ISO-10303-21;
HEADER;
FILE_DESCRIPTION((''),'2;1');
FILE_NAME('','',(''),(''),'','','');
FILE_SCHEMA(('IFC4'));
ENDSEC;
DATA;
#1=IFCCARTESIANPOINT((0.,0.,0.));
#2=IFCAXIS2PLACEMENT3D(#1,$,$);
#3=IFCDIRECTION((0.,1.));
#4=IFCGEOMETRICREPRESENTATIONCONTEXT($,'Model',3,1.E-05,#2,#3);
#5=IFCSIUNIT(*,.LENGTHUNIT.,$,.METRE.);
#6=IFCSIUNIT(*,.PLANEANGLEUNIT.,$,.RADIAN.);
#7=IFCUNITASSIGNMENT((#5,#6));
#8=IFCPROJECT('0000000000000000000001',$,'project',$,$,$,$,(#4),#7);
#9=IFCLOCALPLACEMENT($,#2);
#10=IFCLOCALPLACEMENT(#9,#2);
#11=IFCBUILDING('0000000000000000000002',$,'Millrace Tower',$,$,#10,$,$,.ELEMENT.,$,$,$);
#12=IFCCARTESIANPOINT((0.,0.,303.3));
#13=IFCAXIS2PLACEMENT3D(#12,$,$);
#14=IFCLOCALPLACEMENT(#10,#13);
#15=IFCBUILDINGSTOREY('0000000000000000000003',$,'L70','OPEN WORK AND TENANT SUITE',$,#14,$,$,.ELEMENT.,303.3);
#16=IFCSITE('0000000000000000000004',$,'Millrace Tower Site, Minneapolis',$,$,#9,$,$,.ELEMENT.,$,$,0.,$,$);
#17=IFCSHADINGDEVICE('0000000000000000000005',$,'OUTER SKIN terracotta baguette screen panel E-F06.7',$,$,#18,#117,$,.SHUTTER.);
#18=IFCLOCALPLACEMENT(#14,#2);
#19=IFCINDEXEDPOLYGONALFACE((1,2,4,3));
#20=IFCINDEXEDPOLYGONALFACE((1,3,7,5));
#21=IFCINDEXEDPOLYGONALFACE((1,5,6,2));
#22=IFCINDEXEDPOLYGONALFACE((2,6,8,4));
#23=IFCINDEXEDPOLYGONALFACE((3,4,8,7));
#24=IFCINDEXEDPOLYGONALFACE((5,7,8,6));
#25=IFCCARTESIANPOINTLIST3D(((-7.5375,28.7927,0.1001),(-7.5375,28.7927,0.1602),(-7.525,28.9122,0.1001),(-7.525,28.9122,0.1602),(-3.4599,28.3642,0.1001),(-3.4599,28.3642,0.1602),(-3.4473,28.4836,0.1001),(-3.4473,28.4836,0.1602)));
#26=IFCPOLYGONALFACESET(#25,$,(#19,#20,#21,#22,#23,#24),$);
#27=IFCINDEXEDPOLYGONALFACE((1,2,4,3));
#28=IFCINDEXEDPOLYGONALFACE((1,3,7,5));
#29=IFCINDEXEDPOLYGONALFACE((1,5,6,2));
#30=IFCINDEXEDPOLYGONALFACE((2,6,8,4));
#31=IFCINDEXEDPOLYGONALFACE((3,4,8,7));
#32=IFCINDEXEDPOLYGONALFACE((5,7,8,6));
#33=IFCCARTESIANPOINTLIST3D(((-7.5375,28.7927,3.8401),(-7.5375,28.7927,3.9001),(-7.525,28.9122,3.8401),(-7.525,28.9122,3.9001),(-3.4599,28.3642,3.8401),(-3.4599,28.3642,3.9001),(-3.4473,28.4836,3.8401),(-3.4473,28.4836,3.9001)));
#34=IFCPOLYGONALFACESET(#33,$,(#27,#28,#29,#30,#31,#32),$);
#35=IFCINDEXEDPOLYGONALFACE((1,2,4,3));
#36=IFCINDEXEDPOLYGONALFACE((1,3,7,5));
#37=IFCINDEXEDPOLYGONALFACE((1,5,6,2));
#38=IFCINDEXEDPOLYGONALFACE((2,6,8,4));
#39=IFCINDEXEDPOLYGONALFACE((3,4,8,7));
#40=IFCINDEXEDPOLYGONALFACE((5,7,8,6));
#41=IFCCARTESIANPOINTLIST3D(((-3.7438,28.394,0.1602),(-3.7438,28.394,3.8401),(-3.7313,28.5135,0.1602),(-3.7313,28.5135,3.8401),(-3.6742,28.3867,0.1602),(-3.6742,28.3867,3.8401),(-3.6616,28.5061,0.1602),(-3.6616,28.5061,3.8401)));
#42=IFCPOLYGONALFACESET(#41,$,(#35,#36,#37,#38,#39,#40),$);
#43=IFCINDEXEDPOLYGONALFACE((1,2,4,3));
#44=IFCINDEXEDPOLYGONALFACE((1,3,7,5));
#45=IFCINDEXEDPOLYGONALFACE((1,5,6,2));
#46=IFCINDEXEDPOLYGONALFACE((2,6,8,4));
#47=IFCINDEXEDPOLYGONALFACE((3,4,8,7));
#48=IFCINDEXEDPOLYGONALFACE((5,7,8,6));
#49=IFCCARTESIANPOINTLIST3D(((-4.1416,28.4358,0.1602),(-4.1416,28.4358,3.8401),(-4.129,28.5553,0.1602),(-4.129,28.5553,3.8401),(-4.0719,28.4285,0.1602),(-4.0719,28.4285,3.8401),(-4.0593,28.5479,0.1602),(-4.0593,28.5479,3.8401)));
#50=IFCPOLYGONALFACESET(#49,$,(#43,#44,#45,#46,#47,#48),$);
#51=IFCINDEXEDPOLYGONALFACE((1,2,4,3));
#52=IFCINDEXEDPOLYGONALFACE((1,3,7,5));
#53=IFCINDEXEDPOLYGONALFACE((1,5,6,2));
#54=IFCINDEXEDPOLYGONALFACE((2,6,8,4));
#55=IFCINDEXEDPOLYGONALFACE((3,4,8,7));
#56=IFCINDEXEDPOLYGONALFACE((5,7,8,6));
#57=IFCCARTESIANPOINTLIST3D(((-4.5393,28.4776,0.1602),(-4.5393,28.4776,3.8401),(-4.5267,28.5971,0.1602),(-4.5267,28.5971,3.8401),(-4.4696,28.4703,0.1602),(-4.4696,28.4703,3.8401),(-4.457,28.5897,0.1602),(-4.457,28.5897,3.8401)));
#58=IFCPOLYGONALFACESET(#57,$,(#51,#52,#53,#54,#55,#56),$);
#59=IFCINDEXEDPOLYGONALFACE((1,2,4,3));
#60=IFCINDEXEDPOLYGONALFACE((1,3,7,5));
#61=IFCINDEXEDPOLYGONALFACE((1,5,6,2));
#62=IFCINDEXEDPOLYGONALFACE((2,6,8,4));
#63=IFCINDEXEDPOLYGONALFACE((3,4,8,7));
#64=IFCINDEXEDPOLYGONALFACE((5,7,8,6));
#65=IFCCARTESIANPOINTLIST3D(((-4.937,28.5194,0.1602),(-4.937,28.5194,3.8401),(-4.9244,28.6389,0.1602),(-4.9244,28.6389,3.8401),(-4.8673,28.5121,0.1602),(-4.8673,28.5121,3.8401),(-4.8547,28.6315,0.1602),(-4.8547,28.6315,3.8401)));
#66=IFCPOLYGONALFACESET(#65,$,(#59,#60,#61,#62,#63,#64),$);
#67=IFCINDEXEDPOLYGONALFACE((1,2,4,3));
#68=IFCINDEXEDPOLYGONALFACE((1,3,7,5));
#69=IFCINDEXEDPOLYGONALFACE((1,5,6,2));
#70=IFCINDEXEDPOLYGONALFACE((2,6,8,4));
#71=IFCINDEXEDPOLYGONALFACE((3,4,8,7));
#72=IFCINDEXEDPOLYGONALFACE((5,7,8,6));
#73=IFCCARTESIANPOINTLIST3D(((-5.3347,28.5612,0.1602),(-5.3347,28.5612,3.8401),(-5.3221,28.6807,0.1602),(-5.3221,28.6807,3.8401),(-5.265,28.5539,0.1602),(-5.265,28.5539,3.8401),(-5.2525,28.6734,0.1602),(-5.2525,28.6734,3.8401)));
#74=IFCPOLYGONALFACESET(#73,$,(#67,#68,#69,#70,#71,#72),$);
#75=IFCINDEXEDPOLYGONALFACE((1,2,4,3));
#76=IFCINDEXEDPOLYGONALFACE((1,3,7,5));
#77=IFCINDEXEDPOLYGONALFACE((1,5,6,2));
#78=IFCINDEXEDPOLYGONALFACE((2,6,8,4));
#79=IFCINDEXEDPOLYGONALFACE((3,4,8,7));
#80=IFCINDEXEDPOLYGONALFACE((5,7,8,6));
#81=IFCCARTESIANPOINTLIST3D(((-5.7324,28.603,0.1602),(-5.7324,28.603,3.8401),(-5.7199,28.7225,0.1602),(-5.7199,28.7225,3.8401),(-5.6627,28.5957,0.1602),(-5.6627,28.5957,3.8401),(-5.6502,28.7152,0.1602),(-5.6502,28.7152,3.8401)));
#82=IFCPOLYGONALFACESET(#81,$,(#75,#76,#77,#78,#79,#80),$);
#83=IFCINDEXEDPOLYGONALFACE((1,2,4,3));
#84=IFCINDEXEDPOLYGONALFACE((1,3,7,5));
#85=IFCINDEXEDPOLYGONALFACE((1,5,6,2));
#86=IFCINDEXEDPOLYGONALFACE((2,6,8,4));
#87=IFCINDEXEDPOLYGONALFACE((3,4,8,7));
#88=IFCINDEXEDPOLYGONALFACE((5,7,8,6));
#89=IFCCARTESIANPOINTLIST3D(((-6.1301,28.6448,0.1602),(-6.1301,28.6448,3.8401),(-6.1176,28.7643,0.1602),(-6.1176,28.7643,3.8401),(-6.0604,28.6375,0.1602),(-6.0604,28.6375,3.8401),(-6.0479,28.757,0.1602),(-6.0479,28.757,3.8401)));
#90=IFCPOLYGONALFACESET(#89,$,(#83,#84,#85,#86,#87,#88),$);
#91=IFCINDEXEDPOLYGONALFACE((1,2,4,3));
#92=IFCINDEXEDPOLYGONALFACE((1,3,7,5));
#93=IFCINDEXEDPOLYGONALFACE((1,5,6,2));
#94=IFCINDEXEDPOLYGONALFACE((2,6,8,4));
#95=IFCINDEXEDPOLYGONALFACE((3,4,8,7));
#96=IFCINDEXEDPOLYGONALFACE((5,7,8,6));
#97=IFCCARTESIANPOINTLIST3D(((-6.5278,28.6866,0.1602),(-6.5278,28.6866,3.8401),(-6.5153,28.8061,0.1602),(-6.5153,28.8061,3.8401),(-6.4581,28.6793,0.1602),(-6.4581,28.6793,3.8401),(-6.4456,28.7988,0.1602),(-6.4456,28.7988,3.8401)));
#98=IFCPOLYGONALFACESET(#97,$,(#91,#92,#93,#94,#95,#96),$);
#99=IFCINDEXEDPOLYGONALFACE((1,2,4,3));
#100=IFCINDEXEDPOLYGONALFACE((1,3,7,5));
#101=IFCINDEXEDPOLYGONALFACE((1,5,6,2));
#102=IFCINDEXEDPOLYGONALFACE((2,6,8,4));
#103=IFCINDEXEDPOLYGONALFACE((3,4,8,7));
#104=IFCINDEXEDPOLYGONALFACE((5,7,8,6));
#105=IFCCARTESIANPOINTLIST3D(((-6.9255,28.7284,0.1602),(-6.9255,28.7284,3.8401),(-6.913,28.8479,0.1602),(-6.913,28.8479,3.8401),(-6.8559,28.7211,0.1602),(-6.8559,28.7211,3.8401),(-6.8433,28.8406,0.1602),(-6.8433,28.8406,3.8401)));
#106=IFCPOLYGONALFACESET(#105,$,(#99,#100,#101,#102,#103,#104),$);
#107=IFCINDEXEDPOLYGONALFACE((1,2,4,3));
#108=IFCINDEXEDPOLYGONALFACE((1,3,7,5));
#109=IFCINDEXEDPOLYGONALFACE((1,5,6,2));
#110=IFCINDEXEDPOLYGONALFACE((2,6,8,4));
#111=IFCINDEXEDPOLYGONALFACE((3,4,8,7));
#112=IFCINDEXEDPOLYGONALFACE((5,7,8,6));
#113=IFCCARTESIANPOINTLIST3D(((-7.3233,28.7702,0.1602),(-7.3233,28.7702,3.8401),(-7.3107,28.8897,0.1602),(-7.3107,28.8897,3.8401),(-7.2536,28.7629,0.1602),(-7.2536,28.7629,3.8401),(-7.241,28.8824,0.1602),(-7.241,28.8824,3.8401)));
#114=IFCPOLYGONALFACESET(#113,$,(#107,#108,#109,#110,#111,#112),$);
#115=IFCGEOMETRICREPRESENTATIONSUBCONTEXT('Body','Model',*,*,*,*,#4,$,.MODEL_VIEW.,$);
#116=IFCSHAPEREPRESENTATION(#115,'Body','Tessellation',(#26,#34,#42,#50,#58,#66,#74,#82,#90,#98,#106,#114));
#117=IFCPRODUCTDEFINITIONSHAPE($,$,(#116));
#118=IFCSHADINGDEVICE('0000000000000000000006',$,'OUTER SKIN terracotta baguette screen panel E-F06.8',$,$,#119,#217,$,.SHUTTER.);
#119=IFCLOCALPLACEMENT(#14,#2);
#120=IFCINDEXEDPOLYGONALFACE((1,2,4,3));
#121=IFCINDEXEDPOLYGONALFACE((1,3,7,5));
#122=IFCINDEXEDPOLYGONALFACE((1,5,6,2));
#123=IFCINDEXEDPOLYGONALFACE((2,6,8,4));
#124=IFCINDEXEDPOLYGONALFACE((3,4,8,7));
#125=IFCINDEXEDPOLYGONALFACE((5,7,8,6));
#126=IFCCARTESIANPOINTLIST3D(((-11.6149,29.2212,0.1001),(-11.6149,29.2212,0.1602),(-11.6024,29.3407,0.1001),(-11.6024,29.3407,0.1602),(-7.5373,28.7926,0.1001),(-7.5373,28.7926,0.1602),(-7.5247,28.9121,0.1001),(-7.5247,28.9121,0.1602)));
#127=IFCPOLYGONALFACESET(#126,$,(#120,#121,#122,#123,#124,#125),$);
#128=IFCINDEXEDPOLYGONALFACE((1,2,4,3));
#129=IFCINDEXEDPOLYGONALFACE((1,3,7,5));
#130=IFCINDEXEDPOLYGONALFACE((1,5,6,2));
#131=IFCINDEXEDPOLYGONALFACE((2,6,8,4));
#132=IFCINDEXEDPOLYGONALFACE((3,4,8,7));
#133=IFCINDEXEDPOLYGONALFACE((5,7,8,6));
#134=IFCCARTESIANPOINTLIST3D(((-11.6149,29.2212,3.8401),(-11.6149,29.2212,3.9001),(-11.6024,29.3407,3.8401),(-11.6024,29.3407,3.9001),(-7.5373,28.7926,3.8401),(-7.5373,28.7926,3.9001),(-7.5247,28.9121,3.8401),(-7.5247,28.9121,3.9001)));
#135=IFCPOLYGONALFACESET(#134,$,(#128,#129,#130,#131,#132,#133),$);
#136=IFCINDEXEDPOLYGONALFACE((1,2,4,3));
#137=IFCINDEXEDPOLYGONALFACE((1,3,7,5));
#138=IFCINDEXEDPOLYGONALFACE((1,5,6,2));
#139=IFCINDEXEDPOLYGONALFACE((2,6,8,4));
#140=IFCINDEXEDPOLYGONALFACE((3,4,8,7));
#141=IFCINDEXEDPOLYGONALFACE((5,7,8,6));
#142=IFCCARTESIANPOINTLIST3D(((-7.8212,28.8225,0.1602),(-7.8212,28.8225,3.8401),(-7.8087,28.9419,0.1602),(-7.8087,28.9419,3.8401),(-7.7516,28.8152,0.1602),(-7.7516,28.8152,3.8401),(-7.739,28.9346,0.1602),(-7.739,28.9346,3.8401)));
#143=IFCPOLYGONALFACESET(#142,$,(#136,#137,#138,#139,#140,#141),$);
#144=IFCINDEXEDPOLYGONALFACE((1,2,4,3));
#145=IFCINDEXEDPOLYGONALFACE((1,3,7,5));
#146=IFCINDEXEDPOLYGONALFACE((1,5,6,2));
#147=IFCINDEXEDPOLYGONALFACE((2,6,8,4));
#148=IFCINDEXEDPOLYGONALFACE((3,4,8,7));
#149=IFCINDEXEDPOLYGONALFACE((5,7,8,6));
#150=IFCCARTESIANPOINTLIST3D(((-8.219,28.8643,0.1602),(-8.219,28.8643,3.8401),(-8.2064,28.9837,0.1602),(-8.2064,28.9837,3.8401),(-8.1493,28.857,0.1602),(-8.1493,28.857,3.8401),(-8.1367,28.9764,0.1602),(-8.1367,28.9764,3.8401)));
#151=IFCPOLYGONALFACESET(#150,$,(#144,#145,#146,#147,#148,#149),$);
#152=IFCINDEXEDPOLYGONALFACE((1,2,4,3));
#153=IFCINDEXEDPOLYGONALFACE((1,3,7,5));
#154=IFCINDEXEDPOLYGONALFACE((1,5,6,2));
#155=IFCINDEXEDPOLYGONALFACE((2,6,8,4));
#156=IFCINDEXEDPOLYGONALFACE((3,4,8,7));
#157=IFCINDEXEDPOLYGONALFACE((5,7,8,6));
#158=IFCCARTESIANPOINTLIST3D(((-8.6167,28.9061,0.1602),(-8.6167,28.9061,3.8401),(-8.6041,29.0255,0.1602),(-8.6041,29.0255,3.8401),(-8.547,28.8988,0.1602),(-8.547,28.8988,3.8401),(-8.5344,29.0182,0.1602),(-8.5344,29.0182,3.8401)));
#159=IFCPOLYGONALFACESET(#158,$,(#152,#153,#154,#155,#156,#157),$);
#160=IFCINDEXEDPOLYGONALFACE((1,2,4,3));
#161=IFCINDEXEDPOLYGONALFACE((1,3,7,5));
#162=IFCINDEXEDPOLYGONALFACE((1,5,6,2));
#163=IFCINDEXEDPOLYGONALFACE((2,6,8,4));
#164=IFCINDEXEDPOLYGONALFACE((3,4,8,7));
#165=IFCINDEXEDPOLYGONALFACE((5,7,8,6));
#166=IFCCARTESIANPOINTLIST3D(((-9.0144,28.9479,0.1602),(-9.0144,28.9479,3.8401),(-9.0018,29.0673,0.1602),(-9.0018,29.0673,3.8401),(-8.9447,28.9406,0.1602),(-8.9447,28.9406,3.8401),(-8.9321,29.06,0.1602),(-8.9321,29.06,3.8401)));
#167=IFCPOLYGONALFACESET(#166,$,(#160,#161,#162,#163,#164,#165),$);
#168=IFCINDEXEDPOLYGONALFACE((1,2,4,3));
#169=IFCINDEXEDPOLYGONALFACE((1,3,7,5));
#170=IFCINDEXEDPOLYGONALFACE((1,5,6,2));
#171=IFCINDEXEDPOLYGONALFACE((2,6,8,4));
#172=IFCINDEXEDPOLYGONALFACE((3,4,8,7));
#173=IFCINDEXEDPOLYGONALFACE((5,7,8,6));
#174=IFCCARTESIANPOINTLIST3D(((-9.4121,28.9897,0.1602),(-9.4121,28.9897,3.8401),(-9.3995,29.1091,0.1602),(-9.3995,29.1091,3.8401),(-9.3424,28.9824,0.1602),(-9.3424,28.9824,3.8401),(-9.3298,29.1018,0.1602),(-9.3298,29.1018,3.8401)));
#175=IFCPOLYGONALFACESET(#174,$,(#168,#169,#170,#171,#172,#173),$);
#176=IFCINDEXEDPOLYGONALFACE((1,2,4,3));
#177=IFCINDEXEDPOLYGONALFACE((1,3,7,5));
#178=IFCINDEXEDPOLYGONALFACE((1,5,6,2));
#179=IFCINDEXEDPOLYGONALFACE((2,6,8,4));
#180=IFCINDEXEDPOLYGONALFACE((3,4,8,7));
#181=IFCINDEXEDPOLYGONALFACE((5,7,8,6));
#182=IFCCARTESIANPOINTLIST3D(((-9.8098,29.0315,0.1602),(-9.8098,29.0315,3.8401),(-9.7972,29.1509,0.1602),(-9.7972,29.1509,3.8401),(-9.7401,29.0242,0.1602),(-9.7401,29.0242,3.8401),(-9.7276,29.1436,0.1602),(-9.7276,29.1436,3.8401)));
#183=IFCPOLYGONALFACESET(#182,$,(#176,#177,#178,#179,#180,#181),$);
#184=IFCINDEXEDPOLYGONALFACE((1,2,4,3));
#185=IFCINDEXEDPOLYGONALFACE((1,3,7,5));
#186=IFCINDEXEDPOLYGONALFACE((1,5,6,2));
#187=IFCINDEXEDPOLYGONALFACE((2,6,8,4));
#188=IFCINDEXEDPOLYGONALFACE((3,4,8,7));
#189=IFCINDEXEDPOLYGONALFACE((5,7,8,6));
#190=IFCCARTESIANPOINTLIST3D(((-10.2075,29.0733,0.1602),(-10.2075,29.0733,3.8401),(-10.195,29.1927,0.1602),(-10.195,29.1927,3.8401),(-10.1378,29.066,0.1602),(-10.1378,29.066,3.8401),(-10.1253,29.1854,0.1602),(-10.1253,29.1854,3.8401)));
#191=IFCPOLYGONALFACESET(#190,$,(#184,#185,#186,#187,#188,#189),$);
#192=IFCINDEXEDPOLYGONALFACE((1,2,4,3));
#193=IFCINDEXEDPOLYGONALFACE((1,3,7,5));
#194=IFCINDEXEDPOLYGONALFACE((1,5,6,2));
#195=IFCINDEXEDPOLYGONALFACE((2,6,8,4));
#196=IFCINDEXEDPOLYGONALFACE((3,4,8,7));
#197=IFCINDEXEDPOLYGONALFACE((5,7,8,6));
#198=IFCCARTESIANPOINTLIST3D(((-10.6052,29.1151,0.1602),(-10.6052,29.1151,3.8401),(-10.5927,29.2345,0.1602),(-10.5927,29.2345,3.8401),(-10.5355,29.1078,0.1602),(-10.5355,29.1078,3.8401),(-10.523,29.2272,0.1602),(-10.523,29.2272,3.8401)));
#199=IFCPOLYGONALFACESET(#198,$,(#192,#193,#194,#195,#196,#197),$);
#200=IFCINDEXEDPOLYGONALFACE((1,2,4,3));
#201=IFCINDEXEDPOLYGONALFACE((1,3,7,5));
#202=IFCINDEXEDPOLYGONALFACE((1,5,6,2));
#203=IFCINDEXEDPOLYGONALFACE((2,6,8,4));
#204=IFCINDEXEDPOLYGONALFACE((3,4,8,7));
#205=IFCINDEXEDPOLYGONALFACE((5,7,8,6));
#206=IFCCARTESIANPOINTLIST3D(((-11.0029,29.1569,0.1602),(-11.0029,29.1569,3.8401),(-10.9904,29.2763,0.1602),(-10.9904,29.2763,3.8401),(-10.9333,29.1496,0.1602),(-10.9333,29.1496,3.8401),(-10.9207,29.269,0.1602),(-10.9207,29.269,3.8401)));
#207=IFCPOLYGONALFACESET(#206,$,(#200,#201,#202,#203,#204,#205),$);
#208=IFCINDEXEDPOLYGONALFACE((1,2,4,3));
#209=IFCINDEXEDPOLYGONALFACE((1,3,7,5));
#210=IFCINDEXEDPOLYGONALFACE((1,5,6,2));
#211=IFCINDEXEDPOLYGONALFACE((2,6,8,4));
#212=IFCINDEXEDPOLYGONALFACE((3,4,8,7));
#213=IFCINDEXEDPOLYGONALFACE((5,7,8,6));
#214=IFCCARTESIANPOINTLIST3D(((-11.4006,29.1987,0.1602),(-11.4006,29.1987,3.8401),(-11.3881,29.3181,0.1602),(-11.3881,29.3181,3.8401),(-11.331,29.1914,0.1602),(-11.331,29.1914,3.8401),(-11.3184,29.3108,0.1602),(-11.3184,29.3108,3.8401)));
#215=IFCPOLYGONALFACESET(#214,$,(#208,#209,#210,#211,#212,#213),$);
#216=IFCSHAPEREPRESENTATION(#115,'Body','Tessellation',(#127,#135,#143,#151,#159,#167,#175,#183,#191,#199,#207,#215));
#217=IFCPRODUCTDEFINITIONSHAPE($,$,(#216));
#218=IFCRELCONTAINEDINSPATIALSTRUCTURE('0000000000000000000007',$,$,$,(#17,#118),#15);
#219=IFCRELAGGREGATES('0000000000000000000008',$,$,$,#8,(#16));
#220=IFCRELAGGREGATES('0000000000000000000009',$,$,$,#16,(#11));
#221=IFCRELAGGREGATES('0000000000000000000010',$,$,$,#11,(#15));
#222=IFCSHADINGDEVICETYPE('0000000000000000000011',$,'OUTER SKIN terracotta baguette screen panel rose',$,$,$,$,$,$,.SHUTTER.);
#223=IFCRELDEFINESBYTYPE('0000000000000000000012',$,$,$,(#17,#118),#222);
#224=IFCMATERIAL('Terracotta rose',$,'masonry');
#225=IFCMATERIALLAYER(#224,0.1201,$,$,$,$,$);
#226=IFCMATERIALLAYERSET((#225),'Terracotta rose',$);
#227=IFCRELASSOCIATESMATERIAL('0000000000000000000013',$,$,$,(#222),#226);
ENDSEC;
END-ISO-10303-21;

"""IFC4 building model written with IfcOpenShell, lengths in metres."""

from ifc_helpers import new_model, entity, si_unit, direction, frame, frame_2d, origin, place, context, subcontext, project, spatial, rectangle, extrude, source, transform, mapped, material, layer, layer_set, type_object, element, save


model = new_model("IFC4")

# Units and contexts
model_context = context("Model", 3, precision=1e-05, world=origin(), true_north=direction((0.0, 1.0)))
body_context = subcontext(model_context, "Body", "Model", "MODEL_VIEW")
ifc_project = project(units=[si_unit("LENGTHUNIT", "METRE"), si_unit("PLANEANGLEUNIT", "RADIAN")], contexts=[model_context])

# Site, building, storey
site_placement = place(None, origin())
site = spatial("IfcSite", under=ifc_project, at=site_placement, Name="Millrace Tower Site, Minneapolis", CompositionType="ELEMENT", RefElevation=0.0)
building_placement = place(site_placement, origin())
building = spatial("IfcBuilding", under=site, at=building_placement, Name="Millrace Tower", CompositionType="ELEMENT")
storey_placement = place(building_placement, frame((0.0, 0.0, 303.3)))
storey = spatial("IfcBuildingStorey", under=building, at=storey_placement, Name="L70", Description="OPEN WORK AND TENANT SUITE", CompositionType="ELEMENT", Elevation=303.3)

# Shading devices
ifc_material_1 = material(Name="Terracotta rose", Category="masonry")
ifc_layer_1 = layer(ifc_material_1, 0.1201)
ifc_layer_set_1 = layer_set([ifc_layer_1], Name="Terracotta rose")
shading_device_type = type_object("IfcShadingDeviceType", Name="OUTER SKIN terracotta baguette screen panel rose", PredefinedType="SHUTTER", material=ifc_layer_set_1)
cartesian_point_1 = entity("IfcCartesianPoint", [-2.05, 0.0601])
shared_polyline_1 = entity("IfcPolyline", [cartesian_point_1, entity("IfcCartesianPoint", [2.05, 0.0601]), entity("IfcCartesianPoint", [2.05, -0.0601]), entity("IfcCartesianPoint", [-2.05, -0.0601]), cartesian_point_1])
shared_shape_1 = source(origin(), body_context, "Body", "SweptSolid", [
    entity("IfcExtrudedAreaSolid", entity("IfcArbitraryClosedProfileDef", "AREA", None, shared_polyline_1), entity("IfcAxis2Placement3D", entity("IfcCartesianPoint", [0.0, 0.0, 0.0])), entity("IfcDirection", [0.0, 0.0, 1.0]), 0.0601),
    entity("IfcExtrudedAreaSolid", entity("IfcArbitraryClosedProfileDef", "AREA", None, shared_polyline_1), entity("IfcAxis2Placement3D", entity("IfcCartesianPoint", [0.0, 0.0, 3.74])), entity("IfcDirection", [0.0, 0.0, 1.0]), 0.0601),
    extrude(rectangle(XDim=0.0701, YDim=0.1201, at=frame_2d((-1.7996, 0.0))), frame((0.0, 0.0, 0.0601)), (0.0, 0.0, 1.0), 3.6799),
    extrude(rectangle(XDim=0.0701, YDim=0.1201, at=frame_2d((-1.3997, 0.0))), frame((0.0, 0.0, 0.0601)), (0.0, 0.0, 1.0), 3.6799),
    extrude(rectangle(XDim=0.0701, YDim=0.1201, at=frame_2d((-0.9998, 0.0))), frame((0.0, 0.0, 0.0601)), (0.0, 0.0, 1.0), 3.6799),
    extrude(rectangle(XDim=0.0701, YDim=0.1201, at=frame_2d((-0.5999, 0.0))), frame((0.0, 0.0, 0.0601)), (0.0, 0.0, 1.0), 3.6799),
    extrude(rectangle(XDim=0.0701, YDim=0.1201, at=frame_2d((-0.2, 0.0))), frame((0.0, 0.0, 0.0601)), (0.0, 0.0, 1.0), 3.6799),
    extrude(rectangle(XDim=0.0701, YDim=0.1201, at=frame_2d((0.2, 0.0))), frame((0.0, 0.0, 0.0601)), (0.0, 0.0, 1.0), 3.6799),
    extrude(rectangle(XDim=0.0701, YDim=0.1201, at=frame_2d((0.5999, 0.0))), frame((0.0, 0.0, 0.0601)), (0.0, 0.0, 1.0), 3.6799),
    extrude(rectangle(XDim=0.0701, YDim=0.1201, at=frame_2d((0.9998, 0.0))), frame((0.0, 0.0, 0.0601)), (0.0, 0.0, 1.0), 3.6799),
    extrude(rectangle(XDim=0.0701, YDim=0.1201, at=frame_2d((1.3997, 0.0))), frame((0.0, 0.0, 0.0601)), (0.0, 0.0, 1.0), 3.6799),
    extrude(rectangle(XDim=0.0701, YDim=0.1201, at=frame_2d((1.7996, 0.0))), frame((0.0, 0.0, 0.0601)), (0.0, 0.0, 1.0), 3.6799),
])
for number, where, z_axis, x_axis, name in (
    (1, (-5.4924, 28.6382, 0.1001), (0.0, 0.0, 1.0), (-0.994522, 0.104528, 0.0), "OUTER SKIN terracotta baguette screen panel E-F06.7"),
    (2, (-9.5698, 29.0667, 0.1001), (0.0, 0.0, 1.0), (-0.994522, 0.104528, 0.0), "OUTER SKIN terracotta baguette screen panel E-F06.8"),
):
    element("IfcShadingDevice", number, at=place(storey_placement, frame(where, z_axis=z_axis, x_axis=x_axis)), inside=storey, type_object=shading_device_type, Name=name, PredefinedType="SHUTTER", context=body_context, shape_type="MappedRepresentation", body=[
        mapped(shared_shape_1, transform((0.0, 0.0, 0.0), scale=1.0)),
    ])

save(model, "model.ifc")
